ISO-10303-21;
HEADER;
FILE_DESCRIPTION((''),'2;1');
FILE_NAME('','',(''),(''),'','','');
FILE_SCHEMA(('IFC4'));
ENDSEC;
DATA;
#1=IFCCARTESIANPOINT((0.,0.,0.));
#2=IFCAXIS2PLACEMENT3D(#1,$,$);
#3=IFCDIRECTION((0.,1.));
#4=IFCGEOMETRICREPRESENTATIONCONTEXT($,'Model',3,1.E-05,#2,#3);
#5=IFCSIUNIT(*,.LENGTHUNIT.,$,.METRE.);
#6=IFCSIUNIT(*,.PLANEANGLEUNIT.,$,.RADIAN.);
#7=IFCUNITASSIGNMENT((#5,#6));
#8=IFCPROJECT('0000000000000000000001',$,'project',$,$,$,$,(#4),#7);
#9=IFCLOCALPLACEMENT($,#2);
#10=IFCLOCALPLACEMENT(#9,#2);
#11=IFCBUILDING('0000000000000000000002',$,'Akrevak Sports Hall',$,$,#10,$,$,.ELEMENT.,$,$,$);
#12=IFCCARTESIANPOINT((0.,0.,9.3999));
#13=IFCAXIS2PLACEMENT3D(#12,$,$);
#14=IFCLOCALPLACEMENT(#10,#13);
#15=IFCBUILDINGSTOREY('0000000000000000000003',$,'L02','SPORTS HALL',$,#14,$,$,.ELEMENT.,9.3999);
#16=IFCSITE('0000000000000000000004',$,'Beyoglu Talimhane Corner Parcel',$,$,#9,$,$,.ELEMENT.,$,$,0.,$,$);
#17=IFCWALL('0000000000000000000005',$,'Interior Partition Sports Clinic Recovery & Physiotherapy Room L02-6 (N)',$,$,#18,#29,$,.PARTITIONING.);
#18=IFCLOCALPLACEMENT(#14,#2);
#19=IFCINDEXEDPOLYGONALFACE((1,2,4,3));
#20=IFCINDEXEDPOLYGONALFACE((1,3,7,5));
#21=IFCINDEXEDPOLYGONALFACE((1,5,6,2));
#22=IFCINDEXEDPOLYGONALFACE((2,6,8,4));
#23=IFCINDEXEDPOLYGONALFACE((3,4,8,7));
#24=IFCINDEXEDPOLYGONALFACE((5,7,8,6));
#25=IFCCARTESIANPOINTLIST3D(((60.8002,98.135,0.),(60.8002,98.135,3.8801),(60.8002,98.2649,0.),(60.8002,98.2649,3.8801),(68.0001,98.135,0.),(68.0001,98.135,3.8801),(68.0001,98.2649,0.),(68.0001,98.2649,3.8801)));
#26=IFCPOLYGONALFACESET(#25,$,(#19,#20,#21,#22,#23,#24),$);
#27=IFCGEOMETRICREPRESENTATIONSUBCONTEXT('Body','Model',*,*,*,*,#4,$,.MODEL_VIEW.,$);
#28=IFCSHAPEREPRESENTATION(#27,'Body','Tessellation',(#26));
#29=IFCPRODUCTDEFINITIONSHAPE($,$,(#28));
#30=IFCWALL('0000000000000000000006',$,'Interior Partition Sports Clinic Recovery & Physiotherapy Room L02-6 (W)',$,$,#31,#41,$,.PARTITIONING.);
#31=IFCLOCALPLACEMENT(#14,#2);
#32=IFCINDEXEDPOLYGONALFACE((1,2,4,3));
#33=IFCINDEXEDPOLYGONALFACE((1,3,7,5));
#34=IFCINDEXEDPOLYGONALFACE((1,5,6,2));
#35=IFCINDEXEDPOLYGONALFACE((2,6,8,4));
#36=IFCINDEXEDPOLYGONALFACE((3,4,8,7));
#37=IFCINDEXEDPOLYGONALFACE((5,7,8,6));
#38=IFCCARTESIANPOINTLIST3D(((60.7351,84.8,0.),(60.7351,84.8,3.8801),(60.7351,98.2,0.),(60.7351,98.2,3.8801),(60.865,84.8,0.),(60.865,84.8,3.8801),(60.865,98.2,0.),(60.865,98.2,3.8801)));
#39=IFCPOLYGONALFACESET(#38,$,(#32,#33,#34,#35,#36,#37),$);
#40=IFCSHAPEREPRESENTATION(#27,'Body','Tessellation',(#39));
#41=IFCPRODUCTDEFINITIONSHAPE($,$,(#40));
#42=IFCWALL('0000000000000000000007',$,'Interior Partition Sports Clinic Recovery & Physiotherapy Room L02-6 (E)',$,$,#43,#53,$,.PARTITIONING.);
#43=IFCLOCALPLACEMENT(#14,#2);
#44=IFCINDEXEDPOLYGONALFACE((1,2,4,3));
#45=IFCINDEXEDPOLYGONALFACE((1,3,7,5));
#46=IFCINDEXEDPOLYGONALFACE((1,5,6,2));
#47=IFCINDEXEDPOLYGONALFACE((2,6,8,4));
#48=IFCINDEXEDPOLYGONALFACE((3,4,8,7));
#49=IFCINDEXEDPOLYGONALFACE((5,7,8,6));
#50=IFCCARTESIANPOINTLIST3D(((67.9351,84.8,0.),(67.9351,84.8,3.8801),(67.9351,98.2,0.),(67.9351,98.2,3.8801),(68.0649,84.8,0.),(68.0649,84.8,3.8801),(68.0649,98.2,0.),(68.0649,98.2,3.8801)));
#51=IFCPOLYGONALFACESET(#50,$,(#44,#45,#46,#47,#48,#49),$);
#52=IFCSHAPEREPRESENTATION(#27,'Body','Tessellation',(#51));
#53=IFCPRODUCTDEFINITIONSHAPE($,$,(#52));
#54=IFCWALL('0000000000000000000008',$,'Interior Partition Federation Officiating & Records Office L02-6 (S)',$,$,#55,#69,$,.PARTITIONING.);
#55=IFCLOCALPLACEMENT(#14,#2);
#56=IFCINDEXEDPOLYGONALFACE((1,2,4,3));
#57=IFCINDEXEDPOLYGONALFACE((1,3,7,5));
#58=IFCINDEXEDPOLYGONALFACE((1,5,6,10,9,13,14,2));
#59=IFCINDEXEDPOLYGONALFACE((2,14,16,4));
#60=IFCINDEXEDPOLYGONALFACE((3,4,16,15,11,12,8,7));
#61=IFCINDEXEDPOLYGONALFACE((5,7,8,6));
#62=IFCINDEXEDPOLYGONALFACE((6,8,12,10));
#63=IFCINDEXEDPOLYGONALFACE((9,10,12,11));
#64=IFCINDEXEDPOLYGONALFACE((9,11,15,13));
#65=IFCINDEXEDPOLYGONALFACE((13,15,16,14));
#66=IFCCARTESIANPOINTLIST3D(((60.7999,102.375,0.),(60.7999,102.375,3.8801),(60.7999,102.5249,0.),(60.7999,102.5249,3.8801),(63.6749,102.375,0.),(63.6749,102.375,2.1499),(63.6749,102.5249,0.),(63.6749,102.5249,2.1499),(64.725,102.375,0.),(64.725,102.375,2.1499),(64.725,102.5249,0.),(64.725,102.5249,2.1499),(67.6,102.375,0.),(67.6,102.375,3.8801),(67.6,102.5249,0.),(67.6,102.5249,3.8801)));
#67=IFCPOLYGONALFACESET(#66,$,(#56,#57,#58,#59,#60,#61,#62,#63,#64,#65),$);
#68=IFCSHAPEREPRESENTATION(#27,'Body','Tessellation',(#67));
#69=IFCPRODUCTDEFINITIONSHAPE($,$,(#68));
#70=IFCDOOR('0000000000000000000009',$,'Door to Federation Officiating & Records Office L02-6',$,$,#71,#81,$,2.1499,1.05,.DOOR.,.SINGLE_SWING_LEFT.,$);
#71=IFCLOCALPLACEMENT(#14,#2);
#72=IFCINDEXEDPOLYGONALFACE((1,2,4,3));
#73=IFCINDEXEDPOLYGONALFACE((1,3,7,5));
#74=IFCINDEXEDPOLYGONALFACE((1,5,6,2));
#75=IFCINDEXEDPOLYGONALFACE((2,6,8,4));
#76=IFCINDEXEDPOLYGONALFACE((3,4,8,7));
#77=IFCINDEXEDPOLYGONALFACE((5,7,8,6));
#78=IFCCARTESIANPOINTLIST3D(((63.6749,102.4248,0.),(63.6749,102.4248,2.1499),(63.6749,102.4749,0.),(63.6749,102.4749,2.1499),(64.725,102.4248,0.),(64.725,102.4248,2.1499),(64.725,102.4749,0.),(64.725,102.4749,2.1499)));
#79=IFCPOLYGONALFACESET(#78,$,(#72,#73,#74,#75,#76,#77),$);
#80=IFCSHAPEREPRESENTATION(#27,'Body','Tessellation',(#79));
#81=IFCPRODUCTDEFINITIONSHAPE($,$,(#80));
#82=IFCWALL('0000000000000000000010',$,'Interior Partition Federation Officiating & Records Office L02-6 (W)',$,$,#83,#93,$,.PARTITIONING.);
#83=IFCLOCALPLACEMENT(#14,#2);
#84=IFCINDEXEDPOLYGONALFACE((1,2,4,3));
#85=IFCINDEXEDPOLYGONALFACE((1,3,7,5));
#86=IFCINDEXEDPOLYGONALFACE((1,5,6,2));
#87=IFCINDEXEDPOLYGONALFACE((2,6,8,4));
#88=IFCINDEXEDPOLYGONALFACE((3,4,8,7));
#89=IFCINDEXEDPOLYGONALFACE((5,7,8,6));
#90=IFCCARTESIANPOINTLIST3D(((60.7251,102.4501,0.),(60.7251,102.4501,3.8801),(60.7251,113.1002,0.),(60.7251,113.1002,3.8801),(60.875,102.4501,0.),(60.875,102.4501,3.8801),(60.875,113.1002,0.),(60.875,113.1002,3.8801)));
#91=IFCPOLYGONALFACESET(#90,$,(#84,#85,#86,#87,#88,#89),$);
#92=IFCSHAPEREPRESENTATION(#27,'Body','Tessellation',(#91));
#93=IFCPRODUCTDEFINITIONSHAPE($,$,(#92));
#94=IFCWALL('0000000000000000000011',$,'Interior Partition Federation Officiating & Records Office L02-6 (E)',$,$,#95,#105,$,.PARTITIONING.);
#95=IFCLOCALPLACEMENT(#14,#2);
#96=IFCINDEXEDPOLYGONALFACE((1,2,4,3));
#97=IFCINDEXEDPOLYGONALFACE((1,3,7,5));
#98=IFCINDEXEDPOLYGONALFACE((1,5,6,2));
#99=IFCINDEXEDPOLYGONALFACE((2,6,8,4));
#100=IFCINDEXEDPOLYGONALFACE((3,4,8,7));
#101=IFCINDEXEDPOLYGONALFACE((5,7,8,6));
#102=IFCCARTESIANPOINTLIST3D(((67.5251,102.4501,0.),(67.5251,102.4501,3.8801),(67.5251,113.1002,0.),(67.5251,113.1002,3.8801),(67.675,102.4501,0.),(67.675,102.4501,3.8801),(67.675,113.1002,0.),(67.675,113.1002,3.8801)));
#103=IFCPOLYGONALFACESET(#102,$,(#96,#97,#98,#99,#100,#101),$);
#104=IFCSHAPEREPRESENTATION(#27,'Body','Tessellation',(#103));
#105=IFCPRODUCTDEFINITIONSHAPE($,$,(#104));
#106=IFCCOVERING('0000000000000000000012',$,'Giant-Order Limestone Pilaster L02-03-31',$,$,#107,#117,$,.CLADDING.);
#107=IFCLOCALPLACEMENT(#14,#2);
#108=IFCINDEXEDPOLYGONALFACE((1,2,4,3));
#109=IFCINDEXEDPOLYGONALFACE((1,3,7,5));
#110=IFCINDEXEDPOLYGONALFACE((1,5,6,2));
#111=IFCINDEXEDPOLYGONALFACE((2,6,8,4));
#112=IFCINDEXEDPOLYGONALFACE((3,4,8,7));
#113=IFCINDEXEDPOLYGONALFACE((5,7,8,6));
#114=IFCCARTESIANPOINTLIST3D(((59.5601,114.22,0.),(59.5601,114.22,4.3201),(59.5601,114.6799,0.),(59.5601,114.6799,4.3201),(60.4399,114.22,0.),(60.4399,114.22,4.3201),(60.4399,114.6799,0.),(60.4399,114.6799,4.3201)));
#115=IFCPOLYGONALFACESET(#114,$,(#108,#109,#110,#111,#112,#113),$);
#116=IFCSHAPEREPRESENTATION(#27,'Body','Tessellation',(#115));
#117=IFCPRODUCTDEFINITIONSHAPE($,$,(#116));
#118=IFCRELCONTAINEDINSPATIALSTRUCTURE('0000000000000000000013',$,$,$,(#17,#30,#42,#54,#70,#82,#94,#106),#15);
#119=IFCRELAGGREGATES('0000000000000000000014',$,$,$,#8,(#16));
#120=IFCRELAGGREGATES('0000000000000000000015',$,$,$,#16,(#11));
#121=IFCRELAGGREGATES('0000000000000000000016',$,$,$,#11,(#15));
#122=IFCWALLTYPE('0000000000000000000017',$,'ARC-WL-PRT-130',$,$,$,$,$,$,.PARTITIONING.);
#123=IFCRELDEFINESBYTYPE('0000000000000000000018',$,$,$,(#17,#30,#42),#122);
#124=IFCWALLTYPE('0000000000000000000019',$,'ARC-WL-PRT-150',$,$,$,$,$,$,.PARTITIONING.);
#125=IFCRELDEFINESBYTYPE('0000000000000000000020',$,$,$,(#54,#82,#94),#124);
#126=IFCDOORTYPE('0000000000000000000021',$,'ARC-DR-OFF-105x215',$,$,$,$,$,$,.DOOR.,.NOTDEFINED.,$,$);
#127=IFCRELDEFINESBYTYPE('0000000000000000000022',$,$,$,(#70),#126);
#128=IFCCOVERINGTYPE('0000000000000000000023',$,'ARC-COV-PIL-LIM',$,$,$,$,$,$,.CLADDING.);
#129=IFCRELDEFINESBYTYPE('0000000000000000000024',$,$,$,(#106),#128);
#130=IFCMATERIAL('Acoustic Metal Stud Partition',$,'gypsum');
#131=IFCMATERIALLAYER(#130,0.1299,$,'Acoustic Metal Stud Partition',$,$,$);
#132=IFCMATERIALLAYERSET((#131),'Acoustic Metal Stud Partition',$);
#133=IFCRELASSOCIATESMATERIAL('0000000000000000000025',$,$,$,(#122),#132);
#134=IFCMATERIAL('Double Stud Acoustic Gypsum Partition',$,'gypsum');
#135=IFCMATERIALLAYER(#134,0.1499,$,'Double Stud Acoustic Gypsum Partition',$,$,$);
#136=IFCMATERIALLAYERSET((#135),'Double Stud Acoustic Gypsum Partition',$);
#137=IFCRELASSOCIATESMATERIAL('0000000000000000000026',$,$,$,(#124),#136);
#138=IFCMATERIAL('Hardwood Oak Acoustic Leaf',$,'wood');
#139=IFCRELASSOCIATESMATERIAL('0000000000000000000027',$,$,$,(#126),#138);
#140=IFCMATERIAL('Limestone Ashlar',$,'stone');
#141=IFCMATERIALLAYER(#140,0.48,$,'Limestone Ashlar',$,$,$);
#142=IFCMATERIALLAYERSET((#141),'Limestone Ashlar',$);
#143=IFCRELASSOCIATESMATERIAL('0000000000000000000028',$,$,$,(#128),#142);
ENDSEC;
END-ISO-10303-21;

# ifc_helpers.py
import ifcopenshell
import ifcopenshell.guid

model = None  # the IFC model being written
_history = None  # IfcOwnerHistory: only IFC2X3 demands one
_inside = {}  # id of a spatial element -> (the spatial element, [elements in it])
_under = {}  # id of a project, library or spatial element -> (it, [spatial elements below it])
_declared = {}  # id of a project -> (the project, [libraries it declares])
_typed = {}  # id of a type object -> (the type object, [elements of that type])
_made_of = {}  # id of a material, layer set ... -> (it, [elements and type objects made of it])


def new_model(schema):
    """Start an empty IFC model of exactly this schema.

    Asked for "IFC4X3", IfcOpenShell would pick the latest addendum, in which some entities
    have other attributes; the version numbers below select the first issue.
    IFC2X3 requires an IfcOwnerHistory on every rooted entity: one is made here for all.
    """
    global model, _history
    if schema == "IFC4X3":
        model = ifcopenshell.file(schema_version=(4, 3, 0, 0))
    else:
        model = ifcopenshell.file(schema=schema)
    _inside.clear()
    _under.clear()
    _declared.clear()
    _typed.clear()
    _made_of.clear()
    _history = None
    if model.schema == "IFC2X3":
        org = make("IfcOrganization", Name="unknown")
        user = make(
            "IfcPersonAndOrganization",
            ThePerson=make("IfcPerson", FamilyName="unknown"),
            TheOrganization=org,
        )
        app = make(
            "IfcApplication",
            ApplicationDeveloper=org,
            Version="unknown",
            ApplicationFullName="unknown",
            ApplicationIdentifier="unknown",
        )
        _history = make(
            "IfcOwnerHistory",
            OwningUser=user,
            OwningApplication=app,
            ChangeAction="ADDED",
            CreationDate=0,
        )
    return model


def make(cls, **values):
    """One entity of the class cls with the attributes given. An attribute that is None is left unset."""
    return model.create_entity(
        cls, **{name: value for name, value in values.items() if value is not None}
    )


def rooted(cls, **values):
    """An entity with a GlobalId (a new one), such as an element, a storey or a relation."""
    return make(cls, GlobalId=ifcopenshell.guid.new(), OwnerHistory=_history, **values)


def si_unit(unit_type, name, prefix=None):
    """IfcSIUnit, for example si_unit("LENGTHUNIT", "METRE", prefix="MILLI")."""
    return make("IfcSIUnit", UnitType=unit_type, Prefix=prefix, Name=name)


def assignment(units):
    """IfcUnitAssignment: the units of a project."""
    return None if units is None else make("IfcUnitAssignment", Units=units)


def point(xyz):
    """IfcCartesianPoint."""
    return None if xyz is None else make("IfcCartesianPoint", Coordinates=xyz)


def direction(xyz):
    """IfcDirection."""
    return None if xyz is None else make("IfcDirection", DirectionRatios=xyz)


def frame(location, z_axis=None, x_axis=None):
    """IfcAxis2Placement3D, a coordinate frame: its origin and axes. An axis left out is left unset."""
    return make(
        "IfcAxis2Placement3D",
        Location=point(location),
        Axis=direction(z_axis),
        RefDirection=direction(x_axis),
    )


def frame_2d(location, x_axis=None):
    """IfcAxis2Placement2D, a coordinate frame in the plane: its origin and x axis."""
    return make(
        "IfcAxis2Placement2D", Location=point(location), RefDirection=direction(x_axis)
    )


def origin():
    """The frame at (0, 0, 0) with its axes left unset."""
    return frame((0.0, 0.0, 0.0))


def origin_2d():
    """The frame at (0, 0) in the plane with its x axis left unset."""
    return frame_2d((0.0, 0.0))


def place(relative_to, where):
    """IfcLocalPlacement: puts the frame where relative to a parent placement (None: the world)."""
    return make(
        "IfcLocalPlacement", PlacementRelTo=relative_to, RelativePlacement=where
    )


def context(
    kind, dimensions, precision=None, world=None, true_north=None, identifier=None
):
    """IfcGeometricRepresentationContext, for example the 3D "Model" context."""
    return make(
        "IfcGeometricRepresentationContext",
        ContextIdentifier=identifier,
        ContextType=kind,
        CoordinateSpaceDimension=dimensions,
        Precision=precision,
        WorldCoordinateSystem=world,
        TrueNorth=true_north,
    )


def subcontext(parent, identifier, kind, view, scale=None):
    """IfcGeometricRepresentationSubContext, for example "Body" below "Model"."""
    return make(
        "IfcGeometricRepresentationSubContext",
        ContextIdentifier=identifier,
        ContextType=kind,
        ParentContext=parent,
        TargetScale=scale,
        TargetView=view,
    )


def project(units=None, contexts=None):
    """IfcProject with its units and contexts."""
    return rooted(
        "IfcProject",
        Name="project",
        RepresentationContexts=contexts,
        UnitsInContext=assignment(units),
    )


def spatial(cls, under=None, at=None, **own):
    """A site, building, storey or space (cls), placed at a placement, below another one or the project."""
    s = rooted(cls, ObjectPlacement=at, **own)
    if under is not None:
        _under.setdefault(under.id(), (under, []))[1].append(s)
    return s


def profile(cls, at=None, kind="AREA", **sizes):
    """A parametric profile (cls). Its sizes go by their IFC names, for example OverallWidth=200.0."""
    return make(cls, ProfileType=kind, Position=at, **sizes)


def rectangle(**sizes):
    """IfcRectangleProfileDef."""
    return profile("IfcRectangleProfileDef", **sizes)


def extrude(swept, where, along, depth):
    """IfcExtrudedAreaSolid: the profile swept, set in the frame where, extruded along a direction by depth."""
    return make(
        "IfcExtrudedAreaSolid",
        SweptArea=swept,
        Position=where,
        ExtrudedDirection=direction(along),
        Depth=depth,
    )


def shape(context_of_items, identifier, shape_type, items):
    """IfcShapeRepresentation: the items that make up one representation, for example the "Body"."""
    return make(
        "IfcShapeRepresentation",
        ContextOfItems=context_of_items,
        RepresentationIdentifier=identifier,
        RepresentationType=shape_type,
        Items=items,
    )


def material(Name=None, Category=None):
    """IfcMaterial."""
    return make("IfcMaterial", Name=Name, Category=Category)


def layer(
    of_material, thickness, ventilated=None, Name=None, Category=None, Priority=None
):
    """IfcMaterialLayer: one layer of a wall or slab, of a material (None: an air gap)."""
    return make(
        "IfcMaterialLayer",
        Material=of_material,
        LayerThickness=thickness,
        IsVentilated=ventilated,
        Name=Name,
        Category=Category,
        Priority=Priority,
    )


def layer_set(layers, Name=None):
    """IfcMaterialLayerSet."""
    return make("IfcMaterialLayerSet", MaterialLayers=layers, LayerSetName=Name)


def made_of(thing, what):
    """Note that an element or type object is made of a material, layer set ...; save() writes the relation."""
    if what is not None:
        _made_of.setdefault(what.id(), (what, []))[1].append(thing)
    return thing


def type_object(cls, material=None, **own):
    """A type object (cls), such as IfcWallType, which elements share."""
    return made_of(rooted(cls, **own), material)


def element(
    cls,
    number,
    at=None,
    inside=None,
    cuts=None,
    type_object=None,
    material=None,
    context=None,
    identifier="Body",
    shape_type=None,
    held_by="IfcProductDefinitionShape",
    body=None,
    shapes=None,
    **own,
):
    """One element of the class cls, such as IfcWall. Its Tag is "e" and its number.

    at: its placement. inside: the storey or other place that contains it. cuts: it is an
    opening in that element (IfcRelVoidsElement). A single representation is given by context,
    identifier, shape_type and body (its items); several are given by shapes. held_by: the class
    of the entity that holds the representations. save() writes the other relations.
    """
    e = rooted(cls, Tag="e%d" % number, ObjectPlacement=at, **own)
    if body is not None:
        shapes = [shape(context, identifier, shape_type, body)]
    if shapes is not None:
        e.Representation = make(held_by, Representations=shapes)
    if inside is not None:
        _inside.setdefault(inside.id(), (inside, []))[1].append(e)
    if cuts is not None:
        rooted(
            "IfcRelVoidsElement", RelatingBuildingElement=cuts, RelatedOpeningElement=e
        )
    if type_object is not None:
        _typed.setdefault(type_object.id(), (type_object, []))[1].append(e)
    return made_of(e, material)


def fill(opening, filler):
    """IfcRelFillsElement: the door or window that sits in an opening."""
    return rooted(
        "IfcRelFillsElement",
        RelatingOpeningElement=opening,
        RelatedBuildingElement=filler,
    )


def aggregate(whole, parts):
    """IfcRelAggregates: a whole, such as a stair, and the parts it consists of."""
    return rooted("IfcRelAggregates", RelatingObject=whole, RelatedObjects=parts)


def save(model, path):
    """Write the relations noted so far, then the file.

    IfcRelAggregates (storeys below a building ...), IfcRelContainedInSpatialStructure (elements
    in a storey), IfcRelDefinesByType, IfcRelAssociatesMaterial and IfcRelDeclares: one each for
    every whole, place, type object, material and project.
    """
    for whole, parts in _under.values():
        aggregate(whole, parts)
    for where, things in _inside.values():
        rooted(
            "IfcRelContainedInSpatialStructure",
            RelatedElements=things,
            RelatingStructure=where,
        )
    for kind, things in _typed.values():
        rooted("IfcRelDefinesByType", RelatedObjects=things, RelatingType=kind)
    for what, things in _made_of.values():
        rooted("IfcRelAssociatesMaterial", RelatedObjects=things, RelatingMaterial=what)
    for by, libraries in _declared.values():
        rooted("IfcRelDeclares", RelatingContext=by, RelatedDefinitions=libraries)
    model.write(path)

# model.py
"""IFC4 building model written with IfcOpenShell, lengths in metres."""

from ifc_helpers import new_model, si_unit, direction, frame, frame_2d, origin, origin_2d, place, context, subcontext, project, spatial, rectangle, extrude, material, layer, layer_set, type_object, element, fill, save


model = new_model("IFC4")

# Units and contexts
model_context = context("Model", 3, precision=1e-05, world=origin(), true_north=direction((0.0, 1.0)))
body_context = subcontext(model_context, "Body", "Model", "MODEL_VIEW")
ifc_project = project(units=[si_unit("LENGTHUNIT", "METRE"), si_unit("PLANEANGLEUNIT", "RADIAN")], contexts=[model_context])

# Site, building, storey
site_placement = place(None, origin())
site = spatial("IfcSite", under=ifc_project, at=site_placement, Name="Beyoglu Talimhane Corner Parcel", CompositionType="ELEMENT", RefElevation=0.0)
building_placement = place(site_placement, origin())
building = spatial("IfcBuilding", under=site, at=building_placement, Name="Akrevak Sports Hall", CompositionType="ELEMENT")
storey_placement = place(building_placement, frame((0.0, 0.0, 9.3999)))
storey = spatial("IfcBuildingStorey", under=building, at=storey_placement, Name="L02", Description="SPORTS HALL", CompositionType="ELEMENT", Elevation=9.3999)

# Shared definitions
ifc_material_1 = material(Name="Limestone Ashlar", Category="stone")

# Walls
ifc_material_2 = material(Name="Acoustic Metal Stud Partition", Category="gypsum")
ifc_layer_1 = layer(ifc_material_2, 0.1299, Name="Acoustic Metal Stud Partition")
ifc_layer_set_1 = layer_set([ifc_layer_1], Name="Acoustic Metal Stud Partition")
wall_type_1 = type_object("IfcWallType", Name="ARC-WL-PRT-130", PredefinedType="PARTITIONING", material=ifc_layer_set_1)
wall_1_placement = place(storey_placement, frame((60.8, 98.2, 0.0), z_axis=(0.0, 0.0, 1.0), x_axis=(1.0, 0.0, 0.0)))
element("IfcWall", 1, at=wall_1_placement, inside=storey, type_object=wall_type_1, Name="Interior Partition Sports Clinic Recovery & Physiotherapy Room L02-6 (N)", PredefinedType="PARTITIONING", context=body_context, shape_type="SweptSolid", body=[
    extrude(rectangle(XDim=7.2, YDim=0.1299, at=frame_2d((3.6001, 0.0))), origin(), (0.0, 0.0, 1.0), 3.8801),
])
for number, where, z_axis, x_axis, name in (
    (2, (60.8, 84.8, 0.0), (0.0, 0.0, 1.0), (0.0, 1.0, 0.0), "Interior Partition Sports Clinic Recovery & Physiotherapy Room L02-6 (W)"),
    (3, (68.0, 84.8, 0.0), (0.0, 0.0, 1.0), (0.0, 1.0, 0.0), "Interior Partition Sports Clinic Recovery & Physiotherapy Room L02-6 (E)"),
):
    element("IfcWall", number, at=place(storey_placement, frame(where, z_axis=z_axis, x_axis=x_axis)), inside=storey, type_object=wall_type_1, Name=name, PredefinedType="PARTITIONING", context=body_context, shape_type="SweptSolid", body=[
        extrude(rectangle(XDim=13.3999, YDim=0.1299, at=frame_2d((6.7, 0.0))), origin(), (0.0, 0.0, 1.0), 3.8801),
    ])

# Wall, opening, door
ifc_material_3 = material(Name="Double Stud Acoustic Gypsum Partition", Category="gypsum")
ifc_layer_2 = layer(ifc_material_3, 0.1499, Name="Double Stud Acoustic Gypsum Partition")
ifc_layer_set_2 = layer_set([ifc_layer_2], Name="Double Stud Acoustic Gypsum Partition")
wall_type_2 = type_object("IfcWallType", Name="ARC-WL-PRT-150", PredefinedType="PARTITIONING", material=ifc_layer_set_2)
wall_2_placement = place(storey_placement, frame((60.8, 102.45, 0.0), z_axis=(0.0, 0.0, 1.0), x_axis=(1.0, 0.0, 0.0)))
wall_2 = element("IfcWall", 4, at=wall_2_placement, inside=storey, type_object=wall_type_2, Name="Interior Partition Federation Officiating & Records Office L02-6 (S)", PredefinedType="PARTITIONING", context=body_context, shape_type="SweptSolid", body=[
    extrude(rectangle(XDim=6.8, YDim=0.1499, at=frame_2d((3.3999, 0.0))), origin(), (0.0, 0.0, 1.0), 3.8801),
])
opening_1_placement = place(wall_2_placement, frame((2.875, 0.0, 0.0)))
opening_1 = element("IfcOpeningElement", 5, at=opening_1_placement, cuts=wall_2, PredefinedType="OPENING", context=body_context, shape_type="SweptSolid", body=[
    extrude(rectangle(XDim=1.05, YDim=2.1499, at=frame_2d((0.5249, 1.075))), frame((0.0, 0.0869, 0.0), z_axis=(0.0, -1.0, 0.0), x_axis=(1.0, 0.0, 0.0)), (0.0, 0.0, 1.0), 0.1738),
])
ifc_material_4 = material(Name="Hardwood Oak Acoustic Leaf", Category="wood")
door_type = type_object("IfcDoorType", Name="ARC-DR-OFF-105x215", OperationType="NOTDEFINED", PredefinedType="DOOR", material=ifc_material_4)
door_placement = place(opening_1_placement, origin())
door = element("IfcDoor", 6, at=door_placement, inside=storey, type_object=door_type, Name="Door to Federation Officiating & Records Office L02-6", OperationType="SINGLE_SWING_LEFT", OverallHeight=2.1499, OverallWidth=1.05, PredefinedType="DOOR", context=body_context, shape_type="SweptSolid", body=[
    extrude(rectangle(XDim=1.05, YDim=2.1499, at=frame_2d((0.5249, 1.075))), frame((0.0, 0.0249, 0.0), z_axis=(0.0, -1.0, 0.0), x_axis=(1.0, 0.0, 0.0)), (0.0, 0.0, 1.0), 0.05),
])
fill(opening_1, door)

# Walls
for number, where, z_axis, x_axis, name in (
    (7, (60.8, 102.45, 0.0), (0.0, 0.0, 1.0), (0.0, 1.0, 0.0), "Interior Partition Federation Officiating & Records Office L02-6 (W)"),
    (8, (67.6001, 102.45, 0.0), (0.0, 0.0, 1.0), (0.0, 1.0, 0.0), "Interior Partition Federation Officiating & Records Office L02-6 (E)"),
):
    element("IfcWall", number, at=place(storey_placement, frame(where, z_axis=z_axis, x_axis=x_axis)), inside=storey, type_object=wall_type_2, Name=name, PredefinedType="PARTITIONING", context=body_context, shape_type="SweptSolid", body=[
        extrude(rectangle(XDim=10.6501, YDim=0.1499, at=frame_2d((5.3252, 0.0))), origin(), (0.0, 0.0, 1.0), 3.8801),
    ])

# Covering
ifc_layer_3 = layer(ifc_material_1, 0.48, Name="Limestone Ashlar")
ifc_layer_set_3 = layer_set([ifc_layer_3], Name="Limestone Ashlar")
covering_type = type_object("IfcCoveringType", Name="ARC-COV-PIL-LIM", PredefinedType="CLADDING", material=ifc_layer_set_3)
covering_placement = place(storey_placement, frame((60.0, 114.45, 0.0), z_axis=(0.0, 0.0, 1.0), x_axis=(-1.0, 0.0, 0.0)))
element("IfcCovering", 9, at=covering_placement, inside=storey, type_object=covering_type, Name="Giant-Order Limestone Pilaster L02-03-31", PredefinedType="CLADDING", context=body_context, shape_type="SweptSolid", body=[
    extrude(rectangle(XDim=0.8799, YDim=0.46, at=origin_2d()), origin(), (0.0, 0.0, 1.0), 4.3201),
])

save(model, "model.ifc")
